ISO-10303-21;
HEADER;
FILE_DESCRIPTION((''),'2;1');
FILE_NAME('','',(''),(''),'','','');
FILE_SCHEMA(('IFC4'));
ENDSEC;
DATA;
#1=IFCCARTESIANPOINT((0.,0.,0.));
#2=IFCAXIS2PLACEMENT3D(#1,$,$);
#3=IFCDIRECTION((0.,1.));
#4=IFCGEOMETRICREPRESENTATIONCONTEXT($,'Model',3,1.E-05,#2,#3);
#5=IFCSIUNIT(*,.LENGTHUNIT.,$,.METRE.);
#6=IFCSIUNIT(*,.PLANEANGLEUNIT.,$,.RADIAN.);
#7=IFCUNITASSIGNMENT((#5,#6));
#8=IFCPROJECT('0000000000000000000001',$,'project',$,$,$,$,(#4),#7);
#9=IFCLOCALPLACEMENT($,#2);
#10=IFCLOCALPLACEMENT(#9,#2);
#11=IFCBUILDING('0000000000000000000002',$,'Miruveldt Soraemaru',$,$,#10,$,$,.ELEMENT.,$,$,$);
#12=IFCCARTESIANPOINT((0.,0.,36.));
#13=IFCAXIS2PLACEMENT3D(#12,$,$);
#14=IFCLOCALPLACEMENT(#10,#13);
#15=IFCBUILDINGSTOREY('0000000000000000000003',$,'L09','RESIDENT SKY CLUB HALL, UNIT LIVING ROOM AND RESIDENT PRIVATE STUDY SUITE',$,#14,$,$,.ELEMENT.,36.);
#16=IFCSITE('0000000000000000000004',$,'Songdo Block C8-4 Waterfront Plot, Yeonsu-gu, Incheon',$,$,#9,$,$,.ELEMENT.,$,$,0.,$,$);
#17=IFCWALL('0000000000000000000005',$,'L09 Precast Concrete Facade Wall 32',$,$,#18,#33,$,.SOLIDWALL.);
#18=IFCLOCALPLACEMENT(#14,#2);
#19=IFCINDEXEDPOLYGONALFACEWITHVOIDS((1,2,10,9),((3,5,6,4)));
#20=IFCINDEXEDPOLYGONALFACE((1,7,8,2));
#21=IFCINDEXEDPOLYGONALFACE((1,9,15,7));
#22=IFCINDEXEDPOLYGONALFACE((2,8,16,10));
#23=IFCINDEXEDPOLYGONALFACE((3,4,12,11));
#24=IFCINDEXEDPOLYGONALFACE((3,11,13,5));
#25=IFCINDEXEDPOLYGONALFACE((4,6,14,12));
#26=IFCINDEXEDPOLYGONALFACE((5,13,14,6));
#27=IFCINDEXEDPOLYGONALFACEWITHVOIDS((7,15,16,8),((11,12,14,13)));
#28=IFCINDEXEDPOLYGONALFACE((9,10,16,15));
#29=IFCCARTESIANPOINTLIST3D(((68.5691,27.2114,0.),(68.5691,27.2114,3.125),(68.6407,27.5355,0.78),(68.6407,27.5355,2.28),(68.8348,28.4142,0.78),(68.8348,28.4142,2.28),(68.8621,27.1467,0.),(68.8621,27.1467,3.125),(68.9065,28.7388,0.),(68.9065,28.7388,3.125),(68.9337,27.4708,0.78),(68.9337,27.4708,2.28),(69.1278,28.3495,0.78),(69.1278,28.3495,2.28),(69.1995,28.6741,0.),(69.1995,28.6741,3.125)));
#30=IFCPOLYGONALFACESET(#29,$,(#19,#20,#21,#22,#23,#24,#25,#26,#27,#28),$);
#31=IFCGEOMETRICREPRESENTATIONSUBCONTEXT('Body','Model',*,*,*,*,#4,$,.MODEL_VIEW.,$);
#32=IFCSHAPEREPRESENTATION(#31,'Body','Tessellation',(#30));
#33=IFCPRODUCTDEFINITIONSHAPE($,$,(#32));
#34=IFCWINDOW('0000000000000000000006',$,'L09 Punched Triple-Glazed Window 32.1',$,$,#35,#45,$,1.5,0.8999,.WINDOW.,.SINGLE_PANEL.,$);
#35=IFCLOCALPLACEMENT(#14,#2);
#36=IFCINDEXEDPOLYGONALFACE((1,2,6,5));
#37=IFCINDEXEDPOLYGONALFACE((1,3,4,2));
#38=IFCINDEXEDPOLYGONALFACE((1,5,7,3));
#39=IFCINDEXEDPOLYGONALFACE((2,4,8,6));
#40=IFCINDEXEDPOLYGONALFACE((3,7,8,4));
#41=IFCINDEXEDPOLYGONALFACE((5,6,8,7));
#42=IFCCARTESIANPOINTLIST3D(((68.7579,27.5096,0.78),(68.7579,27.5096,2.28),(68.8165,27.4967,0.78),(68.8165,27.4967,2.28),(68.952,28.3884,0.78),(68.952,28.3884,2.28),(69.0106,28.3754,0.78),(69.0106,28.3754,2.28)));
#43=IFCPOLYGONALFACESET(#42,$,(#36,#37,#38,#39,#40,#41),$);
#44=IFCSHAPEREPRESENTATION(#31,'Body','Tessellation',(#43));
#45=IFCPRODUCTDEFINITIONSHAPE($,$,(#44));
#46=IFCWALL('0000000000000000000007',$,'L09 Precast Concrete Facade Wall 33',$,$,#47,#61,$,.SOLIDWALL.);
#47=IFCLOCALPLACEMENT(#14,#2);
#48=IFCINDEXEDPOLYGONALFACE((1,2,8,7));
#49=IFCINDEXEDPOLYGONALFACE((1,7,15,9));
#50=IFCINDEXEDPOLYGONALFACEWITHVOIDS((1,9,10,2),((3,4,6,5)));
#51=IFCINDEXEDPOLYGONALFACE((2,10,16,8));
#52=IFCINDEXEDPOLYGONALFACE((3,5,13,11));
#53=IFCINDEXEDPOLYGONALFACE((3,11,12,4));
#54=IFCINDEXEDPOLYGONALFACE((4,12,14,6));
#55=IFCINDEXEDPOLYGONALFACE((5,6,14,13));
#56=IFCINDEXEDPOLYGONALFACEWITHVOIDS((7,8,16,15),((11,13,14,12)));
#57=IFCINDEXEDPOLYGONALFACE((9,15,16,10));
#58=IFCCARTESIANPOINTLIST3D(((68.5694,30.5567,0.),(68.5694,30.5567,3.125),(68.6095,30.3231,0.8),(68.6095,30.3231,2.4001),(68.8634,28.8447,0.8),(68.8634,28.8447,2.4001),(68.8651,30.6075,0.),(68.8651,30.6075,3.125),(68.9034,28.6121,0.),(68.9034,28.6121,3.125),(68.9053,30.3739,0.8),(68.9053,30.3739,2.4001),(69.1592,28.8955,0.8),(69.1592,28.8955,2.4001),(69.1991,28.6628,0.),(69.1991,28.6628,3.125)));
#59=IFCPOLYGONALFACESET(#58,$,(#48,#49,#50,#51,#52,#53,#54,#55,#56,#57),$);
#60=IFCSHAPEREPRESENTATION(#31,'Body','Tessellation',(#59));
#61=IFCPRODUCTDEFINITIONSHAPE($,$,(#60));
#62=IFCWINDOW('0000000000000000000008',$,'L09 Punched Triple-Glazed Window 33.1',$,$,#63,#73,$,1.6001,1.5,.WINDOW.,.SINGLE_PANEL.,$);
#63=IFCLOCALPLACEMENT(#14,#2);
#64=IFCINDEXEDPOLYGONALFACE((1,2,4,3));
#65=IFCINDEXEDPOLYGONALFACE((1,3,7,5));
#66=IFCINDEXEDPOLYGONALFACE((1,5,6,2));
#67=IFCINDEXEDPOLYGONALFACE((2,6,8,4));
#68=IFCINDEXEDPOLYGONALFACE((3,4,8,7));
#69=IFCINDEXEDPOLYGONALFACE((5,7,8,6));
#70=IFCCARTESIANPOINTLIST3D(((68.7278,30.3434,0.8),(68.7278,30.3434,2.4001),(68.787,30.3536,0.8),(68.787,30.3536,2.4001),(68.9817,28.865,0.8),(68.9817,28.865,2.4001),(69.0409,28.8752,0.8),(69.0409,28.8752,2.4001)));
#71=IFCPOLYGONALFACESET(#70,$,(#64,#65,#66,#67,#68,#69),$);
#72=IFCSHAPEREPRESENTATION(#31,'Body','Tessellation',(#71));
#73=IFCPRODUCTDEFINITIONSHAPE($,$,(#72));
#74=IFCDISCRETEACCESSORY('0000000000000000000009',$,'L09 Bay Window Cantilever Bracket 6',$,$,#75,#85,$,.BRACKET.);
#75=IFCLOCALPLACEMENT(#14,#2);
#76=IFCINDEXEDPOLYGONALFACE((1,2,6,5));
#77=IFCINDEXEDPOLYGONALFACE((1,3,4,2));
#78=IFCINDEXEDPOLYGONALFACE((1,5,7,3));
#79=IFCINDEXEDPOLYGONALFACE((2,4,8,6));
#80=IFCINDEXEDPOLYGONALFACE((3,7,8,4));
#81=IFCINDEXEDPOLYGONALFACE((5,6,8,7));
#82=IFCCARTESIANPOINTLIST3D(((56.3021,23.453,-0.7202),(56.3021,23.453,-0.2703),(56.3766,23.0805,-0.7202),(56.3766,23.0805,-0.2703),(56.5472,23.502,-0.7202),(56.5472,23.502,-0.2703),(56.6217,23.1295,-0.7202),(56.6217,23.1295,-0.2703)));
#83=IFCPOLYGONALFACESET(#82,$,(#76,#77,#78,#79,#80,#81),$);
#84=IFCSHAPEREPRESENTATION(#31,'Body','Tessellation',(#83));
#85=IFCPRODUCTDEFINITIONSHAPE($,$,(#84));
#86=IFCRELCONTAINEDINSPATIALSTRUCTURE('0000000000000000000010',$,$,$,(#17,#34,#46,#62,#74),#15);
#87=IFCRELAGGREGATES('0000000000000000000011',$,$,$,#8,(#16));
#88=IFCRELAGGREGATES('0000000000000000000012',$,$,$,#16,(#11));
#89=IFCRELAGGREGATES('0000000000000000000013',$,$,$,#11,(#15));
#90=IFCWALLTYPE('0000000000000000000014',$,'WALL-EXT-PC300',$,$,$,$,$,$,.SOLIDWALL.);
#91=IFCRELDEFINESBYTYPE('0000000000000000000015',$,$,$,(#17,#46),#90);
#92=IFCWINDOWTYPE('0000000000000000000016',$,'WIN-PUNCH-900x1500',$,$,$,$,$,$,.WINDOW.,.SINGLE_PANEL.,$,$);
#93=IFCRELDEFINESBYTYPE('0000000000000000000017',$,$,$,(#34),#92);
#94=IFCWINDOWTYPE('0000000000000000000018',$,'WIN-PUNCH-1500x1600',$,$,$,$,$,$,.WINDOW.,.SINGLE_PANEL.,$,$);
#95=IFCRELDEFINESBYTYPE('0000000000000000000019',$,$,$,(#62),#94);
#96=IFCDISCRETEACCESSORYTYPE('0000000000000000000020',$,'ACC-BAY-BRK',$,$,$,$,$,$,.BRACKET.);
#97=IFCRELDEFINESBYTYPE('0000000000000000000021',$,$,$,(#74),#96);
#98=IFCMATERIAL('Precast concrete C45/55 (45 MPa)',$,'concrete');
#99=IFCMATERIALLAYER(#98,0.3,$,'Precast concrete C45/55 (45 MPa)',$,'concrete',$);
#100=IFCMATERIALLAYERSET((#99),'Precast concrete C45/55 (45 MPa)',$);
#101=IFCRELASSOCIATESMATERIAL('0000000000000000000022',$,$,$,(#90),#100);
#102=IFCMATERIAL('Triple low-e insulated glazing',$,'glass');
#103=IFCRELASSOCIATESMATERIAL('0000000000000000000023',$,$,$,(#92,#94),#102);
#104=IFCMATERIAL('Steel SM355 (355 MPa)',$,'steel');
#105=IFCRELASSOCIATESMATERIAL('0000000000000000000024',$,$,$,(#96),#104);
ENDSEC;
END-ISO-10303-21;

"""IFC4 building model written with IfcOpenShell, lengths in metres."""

from ifc_helpers import new_model, si_unit, direction, frame, frame_2d, origin, origin_2d, place, context, subcontext, project, spatial, rectangle, extrude, material, layer, layer_set, type_object, element, fill, save


model = new_model("IFC4")

# Units and contexts
model_context = context("Model", 3, precision=1e-05, world=origin(), true_north=direction((0.0, 1.0)))
body_context = subcontext(model_context, "Body", "Model", "MODEL_VIEW")
ifc_project = project(units=[si_unit("LENGTHUNIT", "METRE"), si_unit("PLANEANGLEUNIT", "RADIAN")], contexts=[model_context])

# Site, building, storey
site_placement = place(None, origin())
site = spatial("IfcSite", under=ifc_project, at=site_placement, Name="Songdo Block C8-4 Waterfront Plot, Yeonsu-gu, Incheon", CompositionType="ELEMENT", RefElevation=0.0)
building_placement = place(site_placement, origin())
building = spatial("IfcBuilding", under=site, at=building_placement, Name="Miruveldt Soraemaru", CompositionType="ELEMENT")
storey_placement = place(building_placement, frame((0.0, 0.0, 36.0)))
storey = spatial("IfcBuildingStorey", under=building, at=storey_placement, Name="L09", Description="RESIDENT SKY CLUB HALL, UNIT LIVING ROOM AND RESIDENT PRIVATE STUDY SUITE", CompositionType="ELEMENT", Elevation=36.0)

# Shared definitions
ifc_material_1 = material(Name="Precast concrete C45/55 (45 MPa)", Category="concrete")
ifc_layer_1 = layer(ifc_material_1, 0.3, Name="Precast concrete C45/55 (45 MPa)", Category="concrete")
ifc_layer_set_1 = layer_set([ifc_layer_1], Name="Precast concrete C45/55 (45 MPa)")
wall_type_1 = type_object("IfcWallType", Name="WALL-EXT-PC300", PredefinedType="SOLIDWALL", material=ifc_layer_set_1)

# Walls, openings, windows
ifc_material_2 = material(Name="Triple low-e insulated glazing", Category="glass")
window_type_1 = type_object("IfcWindowType", Name="WIN-PUNCH-900x1500", PartitioningType="SINGLE_PANEL", PredefinedType="WINDOW", material=ifc_material_2)
wall_1_placement = place(storey_placement, frame((68.7156, 27.179, 0.0), z_axis=(0.0, 0.0, 1.0), x_axis=(0.215707, 0.976458, 0.0)))
wall_1 = element("IfcWall", 1, at=wall_1_placement, inside=storey, type_object=wall_type_1, Name="L09 Precast Concrete Facade Wall 32", PredefinedType="SOLIDWALL", context=body_context, shape_type="SweptSolid", body=[
    extrude(rectangle(XDim=1.5642, YDim=0.3, at=frame_2d((0.7822, 0.0))), origin(), (0.0, 0.0, 1.0), 3.125),
])
opening_1_placement = place(wall_1_placement, frame((0.332, 0.0, 0.78)))
opening_1 = element("IfcOpeningElement", 2, at=opening_1_placement, cuts=wall_1, PredefinedType="OPENING", context=body_context, shape_type="SweptSolid", body=[
    extrude(rectangle(XDim=0.8999, YDim=1.5, at=frame_2d((0.45, 0.75))), frame((0.0, 0.1602, 0.0), z_axis=(0.0, -1.0, 0.0), x_axis=(1.0, 0.0, 0.0)), (0.0, 0.0, 1.0), 0.3201),
])
window_1_placement = place(opening_1_placement, origin())
window_1 = element("IfcWindow", 3, at=window_1_placement, inside=storey, type_object=window_type_1, Name="L09 Punched Triple-Glazed Window 32.1", OverallHeight=1.5, OverallWidth=0.8999, PartitioningType="SINGLE_PANEL", PredefinedType="WINDOW", context=body_context, shape_type="SweptSolid", body=[
    extrude(rectangle(XDim=0.8999, YDim=1.5, at=frame_2d((0.45, 0.75))), frame((0.0, 0.03, 0.0), z_axis=(0.0, -1.0, 0.0), x_axis=(1.0, 0.0, 0.0)), (0.0, 0.0, 1.0), 0.0601),
])
fill(opening_1, window_1)
wall_2_placement = place(storey_placement, frame((69.0513, 28.6375, 0.0), z_axis=(0.0, 0.0, 1.0), x_axis=(-0.169273, 0.985569, 0.0)))
wall_2 = element("IfcWall", 4, at=wall_2_placement, inside=storey, type_object=wall_type_1, Name="L09 Precast Concrete Facade Wall 33", PredefinedType="SOLIDWALL", context=body_context, shape_type="SweptSolid", body=[
    extrude(rectangle(XDim=1.9731, YDim=0.3, at=frame_2d((0.9866, 0.0))), origin(), (0.0, 0.0, 1.0), 3.125),
])
opening_2_placement = place(wall_2_placement, frame((0.2361, 0.0, 0.8)))
opening_2 = element("IfcOpeningElement", 5, at=opening_2_placement, cuts=wall_2, PredefinedType="OPENING", context=body_context, shape_type="SweptSolid", body=[
    extrude(rectangle(XDim=1.5, YDim=1.6001, at=frame_2d((0.75, 0.8))), frame((0.0, 0.1602, 0.0), z_axis=(0.0, -1.0, 0.0), x_axis=(1.0, 0.0, 0.0)), (0.0, 0.0, 1.0), 0.3201),
])
window_type_2 = type_object("IfcWindowType", Name="WIN-PUNCH-1500x1600", PartitioningType="SINGLE_PANEL", PredefinedType="WINDOW", material=ifc_material_2)
window_2_placement = place(opening_2_placement, origin())
window_2 = element("IfcWindow", 6, at=window_2_placement, inside=storey, type_object=window_type_2, Name="L09 Punched Triple-Glazed Window 33.1", OverallHeight=1.6001, OverallWidth=1.5, PartitioningType="SINGLE_PANEL", PredefinedType="WINDOW", context=body_context, shape_type="SweptSolid", body=[
    extrude(rectangle(XDim=1.5, YDim=1.6001, at=frame_2d((0.75, 0.8))), frame((0.0, 0.03, 0.0), z_axis=(0.0, -1.0, 0.0), x_axis=(1.0, 0.0, 0.0)), (0.0, 0.0, 1.0), 0.0601),
])
fill(opening_2, window_2)

# Discrete accessory
ifc_material_3 = material(Name="Steel SM355 (355 MPa)", Category="steel")
discrete_accessory_type = type_object("IfcDiscreteAccessoryType", Name="ACC-BAY-BRK", PredefinedType="BRACKET", material=ifc_material_3)
discrete_accessory_placement = place(storey_placement, frame((56.4619, 23.2913, -0.7202), z_axis=(0.0, 0.0, 1.0), x_axis=(0.1961, -0.980584, 0.0)))
element("IfcDiscreteAccessory", 7, at=discrete_accessory_placement, inside=storey, type_object=discrete_accessory_type, Name="L09 Bay Window Cantilever Bracket 6", PredefinedType="BRACKET", context=body_context, shape_type="SweptSolid", body=[
    extrude(rectangle(XDim=0.3799, YDim=0.25, at=origin_2d()), origin(), (0.0, 0.0, 1.0), 0.45),
])

save(model, "model.ifc")
